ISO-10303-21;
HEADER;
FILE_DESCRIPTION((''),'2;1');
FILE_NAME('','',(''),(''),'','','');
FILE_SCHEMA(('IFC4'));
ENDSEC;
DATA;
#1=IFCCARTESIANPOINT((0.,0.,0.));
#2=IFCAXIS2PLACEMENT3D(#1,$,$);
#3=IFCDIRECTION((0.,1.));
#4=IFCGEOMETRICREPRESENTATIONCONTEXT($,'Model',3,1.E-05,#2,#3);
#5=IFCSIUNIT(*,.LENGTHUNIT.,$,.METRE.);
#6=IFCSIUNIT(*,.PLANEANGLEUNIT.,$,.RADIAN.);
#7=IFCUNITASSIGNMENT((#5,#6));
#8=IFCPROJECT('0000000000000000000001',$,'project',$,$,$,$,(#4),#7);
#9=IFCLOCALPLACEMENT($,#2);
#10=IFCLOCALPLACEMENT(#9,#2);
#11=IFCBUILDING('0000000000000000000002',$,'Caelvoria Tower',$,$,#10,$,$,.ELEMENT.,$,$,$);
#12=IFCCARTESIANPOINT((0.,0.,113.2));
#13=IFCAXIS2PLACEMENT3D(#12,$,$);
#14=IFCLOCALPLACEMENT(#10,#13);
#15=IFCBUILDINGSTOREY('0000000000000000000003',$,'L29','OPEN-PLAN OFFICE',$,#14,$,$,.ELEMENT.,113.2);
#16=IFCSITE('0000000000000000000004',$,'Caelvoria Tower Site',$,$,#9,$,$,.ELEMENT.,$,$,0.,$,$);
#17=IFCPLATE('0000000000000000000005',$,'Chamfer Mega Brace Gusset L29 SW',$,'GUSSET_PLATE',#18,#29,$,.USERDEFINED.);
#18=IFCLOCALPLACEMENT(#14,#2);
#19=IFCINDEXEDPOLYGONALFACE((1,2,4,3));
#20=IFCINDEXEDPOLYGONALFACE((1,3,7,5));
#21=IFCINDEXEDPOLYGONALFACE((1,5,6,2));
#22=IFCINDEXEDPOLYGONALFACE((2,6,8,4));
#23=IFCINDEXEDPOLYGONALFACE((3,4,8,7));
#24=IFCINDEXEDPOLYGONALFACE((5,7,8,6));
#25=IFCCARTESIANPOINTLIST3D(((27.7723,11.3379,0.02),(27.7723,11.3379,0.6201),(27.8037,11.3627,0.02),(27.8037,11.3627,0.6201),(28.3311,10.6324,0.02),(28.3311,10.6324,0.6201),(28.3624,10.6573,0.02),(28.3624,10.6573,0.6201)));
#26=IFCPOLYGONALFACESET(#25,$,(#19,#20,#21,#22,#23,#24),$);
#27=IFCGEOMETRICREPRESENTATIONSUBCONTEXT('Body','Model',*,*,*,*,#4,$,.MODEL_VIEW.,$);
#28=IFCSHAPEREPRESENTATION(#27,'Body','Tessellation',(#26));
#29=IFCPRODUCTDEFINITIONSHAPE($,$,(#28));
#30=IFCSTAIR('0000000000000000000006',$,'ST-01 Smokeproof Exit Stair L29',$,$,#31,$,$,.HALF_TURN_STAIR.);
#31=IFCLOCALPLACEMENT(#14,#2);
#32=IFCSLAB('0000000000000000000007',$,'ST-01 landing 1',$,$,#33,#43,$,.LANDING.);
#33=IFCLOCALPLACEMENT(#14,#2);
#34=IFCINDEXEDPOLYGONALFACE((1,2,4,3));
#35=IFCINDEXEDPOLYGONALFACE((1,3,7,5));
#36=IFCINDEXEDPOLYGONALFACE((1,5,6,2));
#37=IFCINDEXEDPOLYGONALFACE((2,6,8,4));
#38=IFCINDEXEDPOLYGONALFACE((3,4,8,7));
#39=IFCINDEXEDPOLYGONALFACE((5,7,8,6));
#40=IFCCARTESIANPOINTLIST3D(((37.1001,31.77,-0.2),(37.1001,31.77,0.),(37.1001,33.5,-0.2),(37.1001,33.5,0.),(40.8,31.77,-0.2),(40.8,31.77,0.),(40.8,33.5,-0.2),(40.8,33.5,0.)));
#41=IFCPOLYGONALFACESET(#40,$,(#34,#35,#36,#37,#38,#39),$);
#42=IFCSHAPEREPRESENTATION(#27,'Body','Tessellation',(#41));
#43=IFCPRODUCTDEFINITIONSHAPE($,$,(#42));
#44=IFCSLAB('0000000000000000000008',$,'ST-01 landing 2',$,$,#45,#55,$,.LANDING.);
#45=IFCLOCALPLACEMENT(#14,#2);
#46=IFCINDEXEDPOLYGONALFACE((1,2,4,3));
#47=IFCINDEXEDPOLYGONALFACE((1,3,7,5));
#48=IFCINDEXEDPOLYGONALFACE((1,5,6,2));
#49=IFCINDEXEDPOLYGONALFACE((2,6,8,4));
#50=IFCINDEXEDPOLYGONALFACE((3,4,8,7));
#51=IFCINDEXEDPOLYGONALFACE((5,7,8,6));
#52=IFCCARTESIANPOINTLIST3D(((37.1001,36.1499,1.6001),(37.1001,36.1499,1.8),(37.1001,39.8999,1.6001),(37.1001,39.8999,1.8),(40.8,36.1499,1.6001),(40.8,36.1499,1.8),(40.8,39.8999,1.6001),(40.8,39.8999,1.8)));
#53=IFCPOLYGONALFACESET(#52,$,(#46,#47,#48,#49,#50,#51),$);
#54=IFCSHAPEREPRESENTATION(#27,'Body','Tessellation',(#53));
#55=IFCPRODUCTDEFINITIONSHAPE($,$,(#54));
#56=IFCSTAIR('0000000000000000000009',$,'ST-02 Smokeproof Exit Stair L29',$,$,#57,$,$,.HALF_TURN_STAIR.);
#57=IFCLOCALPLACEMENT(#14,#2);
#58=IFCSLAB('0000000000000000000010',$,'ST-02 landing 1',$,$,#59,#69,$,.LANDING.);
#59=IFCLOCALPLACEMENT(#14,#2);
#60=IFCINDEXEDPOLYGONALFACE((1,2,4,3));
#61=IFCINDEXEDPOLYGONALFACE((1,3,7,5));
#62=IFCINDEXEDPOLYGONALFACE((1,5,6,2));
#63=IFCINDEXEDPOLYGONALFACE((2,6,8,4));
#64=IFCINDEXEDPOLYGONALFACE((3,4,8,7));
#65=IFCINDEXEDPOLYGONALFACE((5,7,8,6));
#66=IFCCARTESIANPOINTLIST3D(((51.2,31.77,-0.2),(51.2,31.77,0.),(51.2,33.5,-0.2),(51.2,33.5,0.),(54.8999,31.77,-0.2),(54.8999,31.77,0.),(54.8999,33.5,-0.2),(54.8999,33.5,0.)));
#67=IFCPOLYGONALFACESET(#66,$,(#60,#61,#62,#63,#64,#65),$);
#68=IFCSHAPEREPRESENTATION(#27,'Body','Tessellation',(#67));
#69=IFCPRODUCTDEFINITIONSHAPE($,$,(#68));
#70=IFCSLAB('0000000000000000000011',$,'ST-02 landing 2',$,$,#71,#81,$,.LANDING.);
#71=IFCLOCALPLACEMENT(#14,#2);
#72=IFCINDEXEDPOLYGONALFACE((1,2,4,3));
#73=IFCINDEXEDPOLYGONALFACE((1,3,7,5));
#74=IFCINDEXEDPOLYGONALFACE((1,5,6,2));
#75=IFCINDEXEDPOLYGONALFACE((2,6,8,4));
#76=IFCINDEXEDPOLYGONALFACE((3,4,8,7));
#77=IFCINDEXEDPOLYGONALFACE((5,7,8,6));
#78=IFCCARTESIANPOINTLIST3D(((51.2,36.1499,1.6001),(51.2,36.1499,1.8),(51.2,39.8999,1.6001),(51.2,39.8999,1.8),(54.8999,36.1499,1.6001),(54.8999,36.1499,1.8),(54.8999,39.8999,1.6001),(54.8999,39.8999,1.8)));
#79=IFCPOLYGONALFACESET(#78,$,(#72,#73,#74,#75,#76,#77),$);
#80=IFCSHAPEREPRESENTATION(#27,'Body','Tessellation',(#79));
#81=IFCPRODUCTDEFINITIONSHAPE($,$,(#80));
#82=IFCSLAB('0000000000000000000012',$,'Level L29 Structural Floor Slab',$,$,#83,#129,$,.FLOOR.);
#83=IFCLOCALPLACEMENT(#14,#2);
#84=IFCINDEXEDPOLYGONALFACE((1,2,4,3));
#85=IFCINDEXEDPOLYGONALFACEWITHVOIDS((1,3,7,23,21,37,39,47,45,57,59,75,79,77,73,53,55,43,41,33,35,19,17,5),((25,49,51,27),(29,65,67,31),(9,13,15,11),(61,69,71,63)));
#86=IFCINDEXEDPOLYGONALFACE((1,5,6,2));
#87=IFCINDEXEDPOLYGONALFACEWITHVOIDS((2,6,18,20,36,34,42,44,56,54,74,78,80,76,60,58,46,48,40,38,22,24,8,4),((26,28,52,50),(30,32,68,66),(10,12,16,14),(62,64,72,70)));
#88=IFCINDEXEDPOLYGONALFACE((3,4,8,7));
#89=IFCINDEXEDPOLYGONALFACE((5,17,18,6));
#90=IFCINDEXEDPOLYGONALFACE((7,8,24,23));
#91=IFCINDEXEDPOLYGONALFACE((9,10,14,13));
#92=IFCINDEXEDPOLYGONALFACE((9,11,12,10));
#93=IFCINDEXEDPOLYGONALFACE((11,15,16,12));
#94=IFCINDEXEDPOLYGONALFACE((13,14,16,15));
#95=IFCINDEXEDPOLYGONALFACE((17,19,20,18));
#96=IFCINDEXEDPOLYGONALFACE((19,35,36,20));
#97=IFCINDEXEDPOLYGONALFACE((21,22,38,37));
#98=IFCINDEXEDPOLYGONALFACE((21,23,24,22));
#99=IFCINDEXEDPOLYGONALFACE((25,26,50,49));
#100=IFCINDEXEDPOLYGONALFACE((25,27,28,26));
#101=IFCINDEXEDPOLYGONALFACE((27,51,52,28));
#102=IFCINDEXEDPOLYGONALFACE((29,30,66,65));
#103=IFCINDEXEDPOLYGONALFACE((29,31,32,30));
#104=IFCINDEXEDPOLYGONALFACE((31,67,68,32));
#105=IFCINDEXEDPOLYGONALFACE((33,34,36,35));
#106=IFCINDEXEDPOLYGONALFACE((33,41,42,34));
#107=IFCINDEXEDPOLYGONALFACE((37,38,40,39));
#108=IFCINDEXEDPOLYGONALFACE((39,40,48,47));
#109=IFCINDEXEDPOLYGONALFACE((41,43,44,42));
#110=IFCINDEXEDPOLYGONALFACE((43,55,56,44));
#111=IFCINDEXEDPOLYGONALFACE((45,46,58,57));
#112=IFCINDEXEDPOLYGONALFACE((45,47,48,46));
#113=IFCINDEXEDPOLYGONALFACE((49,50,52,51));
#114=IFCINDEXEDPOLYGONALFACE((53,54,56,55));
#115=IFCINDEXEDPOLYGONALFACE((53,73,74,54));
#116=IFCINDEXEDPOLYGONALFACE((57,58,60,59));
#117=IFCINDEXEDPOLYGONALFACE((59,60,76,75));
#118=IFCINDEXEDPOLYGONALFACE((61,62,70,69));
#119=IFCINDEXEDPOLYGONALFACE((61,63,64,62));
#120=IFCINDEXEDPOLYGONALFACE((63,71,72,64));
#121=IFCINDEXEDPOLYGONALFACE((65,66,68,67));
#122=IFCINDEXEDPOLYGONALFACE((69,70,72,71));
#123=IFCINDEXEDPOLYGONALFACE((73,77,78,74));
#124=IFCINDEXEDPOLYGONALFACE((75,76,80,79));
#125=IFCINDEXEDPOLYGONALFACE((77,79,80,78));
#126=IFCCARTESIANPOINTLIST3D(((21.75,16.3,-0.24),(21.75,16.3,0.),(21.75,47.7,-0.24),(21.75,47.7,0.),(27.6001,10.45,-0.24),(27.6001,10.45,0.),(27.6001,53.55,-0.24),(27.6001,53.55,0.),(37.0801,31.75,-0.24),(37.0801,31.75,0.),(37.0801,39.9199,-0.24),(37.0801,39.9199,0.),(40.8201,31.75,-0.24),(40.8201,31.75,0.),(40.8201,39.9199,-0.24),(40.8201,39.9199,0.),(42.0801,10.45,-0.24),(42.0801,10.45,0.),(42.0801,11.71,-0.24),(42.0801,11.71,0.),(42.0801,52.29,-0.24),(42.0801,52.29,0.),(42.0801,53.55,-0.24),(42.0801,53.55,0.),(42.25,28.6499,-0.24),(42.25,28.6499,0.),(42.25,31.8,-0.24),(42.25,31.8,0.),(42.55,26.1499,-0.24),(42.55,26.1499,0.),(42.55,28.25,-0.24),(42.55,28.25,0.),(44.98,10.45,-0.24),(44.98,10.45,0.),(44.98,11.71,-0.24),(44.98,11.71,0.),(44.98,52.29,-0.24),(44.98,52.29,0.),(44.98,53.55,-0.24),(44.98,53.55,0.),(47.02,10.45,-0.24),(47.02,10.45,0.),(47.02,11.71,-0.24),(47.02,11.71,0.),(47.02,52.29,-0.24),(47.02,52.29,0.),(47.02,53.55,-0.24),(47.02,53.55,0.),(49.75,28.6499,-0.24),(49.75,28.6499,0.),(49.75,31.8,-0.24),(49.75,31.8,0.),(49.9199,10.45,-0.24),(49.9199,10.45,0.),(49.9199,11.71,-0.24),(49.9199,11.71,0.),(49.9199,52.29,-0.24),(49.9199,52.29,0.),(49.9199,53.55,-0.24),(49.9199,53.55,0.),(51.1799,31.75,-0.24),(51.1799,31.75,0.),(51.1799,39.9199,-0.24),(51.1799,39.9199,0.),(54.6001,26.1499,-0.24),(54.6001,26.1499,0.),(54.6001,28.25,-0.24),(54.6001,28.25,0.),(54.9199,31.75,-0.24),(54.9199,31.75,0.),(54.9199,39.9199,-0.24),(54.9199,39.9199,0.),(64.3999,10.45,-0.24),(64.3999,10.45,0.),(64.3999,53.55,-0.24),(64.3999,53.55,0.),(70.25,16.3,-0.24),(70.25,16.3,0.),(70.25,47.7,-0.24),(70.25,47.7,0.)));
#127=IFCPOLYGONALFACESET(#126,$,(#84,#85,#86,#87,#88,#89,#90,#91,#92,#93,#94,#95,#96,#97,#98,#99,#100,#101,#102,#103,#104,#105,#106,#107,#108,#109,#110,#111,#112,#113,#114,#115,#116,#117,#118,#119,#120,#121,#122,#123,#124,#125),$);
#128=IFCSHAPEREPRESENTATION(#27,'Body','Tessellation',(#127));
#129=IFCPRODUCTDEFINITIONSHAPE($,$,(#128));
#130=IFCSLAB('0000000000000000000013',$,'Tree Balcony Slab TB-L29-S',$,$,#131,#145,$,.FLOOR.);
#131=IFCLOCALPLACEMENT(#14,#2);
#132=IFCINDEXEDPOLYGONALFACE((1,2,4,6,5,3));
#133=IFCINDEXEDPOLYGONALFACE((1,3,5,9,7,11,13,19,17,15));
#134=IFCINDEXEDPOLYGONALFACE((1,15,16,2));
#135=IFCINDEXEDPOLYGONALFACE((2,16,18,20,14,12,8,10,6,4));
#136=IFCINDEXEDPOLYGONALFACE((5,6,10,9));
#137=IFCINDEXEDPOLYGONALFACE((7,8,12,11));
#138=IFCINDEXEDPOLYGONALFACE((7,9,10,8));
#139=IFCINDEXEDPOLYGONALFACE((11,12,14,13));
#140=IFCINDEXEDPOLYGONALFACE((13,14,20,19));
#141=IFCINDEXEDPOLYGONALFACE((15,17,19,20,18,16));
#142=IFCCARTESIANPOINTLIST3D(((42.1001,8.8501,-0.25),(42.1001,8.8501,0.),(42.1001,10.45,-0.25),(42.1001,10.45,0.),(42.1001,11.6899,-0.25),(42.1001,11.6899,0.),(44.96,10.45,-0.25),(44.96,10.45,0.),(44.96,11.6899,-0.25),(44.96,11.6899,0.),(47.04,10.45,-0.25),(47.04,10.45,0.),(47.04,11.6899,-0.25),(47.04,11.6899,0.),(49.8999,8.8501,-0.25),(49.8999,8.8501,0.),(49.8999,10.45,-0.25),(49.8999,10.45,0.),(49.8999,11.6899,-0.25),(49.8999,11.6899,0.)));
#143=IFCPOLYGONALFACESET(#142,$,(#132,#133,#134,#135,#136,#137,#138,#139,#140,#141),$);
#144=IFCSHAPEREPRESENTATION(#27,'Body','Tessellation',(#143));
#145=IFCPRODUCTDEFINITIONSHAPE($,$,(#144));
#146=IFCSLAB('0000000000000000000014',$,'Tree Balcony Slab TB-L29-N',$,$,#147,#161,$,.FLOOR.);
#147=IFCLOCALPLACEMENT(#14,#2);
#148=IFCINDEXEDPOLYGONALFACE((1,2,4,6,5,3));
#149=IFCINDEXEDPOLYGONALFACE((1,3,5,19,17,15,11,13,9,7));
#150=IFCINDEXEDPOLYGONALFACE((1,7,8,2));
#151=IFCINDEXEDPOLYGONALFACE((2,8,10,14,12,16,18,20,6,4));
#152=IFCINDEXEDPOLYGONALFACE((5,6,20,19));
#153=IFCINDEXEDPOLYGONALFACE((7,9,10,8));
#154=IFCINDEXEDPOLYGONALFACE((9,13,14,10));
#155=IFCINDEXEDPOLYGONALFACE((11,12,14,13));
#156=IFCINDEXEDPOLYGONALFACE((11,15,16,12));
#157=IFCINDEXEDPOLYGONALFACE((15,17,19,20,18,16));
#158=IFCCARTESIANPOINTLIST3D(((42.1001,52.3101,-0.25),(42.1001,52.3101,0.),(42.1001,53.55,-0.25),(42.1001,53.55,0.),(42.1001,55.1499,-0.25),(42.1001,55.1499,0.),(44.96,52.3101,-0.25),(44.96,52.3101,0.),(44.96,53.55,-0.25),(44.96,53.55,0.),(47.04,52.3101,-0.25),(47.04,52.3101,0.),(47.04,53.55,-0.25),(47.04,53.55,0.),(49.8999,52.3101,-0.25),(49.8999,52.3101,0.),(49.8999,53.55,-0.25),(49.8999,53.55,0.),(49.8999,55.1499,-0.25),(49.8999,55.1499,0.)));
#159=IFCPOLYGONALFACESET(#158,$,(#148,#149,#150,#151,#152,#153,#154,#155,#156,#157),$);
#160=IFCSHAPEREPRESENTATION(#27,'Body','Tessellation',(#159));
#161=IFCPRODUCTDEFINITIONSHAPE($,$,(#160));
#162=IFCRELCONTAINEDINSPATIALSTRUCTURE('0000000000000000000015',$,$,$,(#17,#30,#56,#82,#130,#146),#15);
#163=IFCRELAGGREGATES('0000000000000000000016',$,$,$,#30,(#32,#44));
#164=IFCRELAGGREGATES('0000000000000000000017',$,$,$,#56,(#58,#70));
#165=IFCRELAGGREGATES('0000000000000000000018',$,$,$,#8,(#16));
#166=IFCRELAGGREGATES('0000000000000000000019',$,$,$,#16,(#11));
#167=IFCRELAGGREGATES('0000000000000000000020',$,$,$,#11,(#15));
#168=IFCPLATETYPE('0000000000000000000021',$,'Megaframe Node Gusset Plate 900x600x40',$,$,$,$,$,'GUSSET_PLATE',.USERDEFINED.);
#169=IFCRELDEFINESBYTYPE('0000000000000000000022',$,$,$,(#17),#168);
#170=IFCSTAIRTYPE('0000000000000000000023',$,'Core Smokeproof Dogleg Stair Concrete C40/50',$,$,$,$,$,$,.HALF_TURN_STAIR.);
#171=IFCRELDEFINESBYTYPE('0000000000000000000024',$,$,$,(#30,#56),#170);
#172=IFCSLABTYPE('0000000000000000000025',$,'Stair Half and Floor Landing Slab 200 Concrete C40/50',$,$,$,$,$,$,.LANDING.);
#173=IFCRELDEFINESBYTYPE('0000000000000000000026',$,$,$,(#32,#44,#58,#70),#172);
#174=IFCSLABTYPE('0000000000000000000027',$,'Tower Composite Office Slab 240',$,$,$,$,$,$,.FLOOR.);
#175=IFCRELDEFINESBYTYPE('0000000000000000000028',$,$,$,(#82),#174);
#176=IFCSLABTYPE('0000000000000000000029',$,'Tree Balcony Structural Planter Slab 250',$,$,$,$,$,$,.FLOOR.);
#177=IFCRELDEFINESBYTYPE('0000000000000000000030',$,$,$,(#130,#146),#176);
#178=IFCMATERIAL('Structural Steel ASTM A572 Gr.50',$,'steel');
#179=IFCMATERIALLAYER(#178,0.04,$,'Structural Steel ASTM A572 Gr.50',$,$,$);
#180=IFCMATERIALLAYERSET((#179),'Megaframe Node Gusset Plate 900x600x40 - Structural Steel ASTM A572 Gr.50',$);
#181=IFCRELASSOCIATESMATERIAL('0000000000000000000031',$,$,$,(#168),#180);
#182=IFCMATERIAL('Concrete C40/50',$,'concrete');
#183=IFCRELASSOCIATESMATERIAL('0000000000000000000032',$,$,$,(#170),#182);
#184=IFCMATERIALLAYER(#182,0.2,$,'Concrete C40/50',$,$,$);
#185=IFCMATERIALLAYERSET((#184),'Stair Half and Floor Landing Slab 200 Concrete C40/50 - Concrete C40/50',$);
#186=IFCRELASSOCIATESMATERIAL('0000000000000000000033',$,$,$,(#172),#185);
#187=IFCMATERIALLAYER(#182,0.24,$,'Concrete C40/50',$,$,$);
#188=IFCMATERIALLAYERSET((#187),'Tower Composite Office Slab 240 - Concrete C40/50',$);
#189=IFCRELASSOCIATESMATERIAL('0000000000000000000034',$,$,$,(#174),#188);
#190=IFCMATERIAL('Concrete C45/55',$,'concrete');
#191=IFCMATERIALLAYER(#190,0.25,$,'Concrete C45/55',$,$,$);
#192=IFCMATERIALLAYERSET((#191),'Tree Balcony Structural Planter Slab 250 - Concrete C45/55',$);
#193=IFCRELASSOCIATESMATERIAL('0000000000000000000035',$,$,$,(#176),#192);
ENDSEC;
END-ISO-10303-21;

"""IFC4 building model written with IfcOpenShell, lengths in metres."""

from ifc_helpers import new_model, si_unit, direction, frame, origin, origin_2d, place, context, subcontext, project, spatial, polyline, rectangle, outline, extrude, material, layer, layer_set, type_object, element, aggregate, save


model = new_model("IFC4")

# Units and contexts
model_context = context("Model", 3, precision=1e-05, world=origin(), true_north=direction((0.0, 1.0)))
body_context = subcontext(model_context, "Body", "Model", "MODEL_VIEW")
ifc_project = project(units=[si_unit("LENGTHUNIT", "METRE"), si_unit("PLANEANGLEUNIT", "RADIAN")], contexts=[model_context])

# Site, building, storey
site_placement = place(None, origin())
site = spatial("IfcSite", under=ifc_project, at=site_placement, Name="Caelvoria Tower Site", CompositionType="ELEMENT", RefElevation=0.0)
building_placement = place(site_placement, origin())
building = spatial("IfcBuilding", under=site, at=building_placement, Name="Caelvoria Tower", CompositionType="ELEMENT")
storey_placement = place(building_placement, frame((0.0, 0.0, 113.2)))
storey = spatial("IfcBuildingStorey", under=building, at=storey_placement, Name="L29", Description="OPEN-PLAN OFFICE", CompositionType="ELEMENT", Elevation=113.2)

# Shared definitions
ifc_material_1 = material(Name="Structural Steel ASTM A572 Gr.50", Category="steel")

# Plate
ifc_layer_1 = layer(ifc_material_1, 0.04, Name="Structural Steel ASTM A572 Gr.50")
ifc_layer_set_1 = layer_set([ifc_layer_1], Name="Megaframe Node Gusset Plate 900x600x40 - Structural Steel ASTM A572 Gr.50")
plate_type = type_object("IfcPlateType", Name="Megaframe Node Gusset Plate 900x600x40", ElementType="GUSSET_PLATE", PredefinedType="USERDEFINED", material=ifc_layer_set_1)
plate_placement = place(storey_placement, frame((28.0674, 10.9976, 0.02), z_axis=(0.0, 0.0, 1.0), x_axis=(-0.620873, 0.783911, 0.0)))
element("IfcPlate", 1, at=plate_placement, inside=storey, type_object=plate_type, Name="Chamfer Mega Brace Gusset L29 SW", ObjectType="GUSSET_PLATE", PredefinedType="USERDEFINED", context=body_context, shape_type="SweptSolid", body=[
    extrude(rectangle(XDim=0.8999, YDim=0.04, at=origin_2d()), origin(), (0.0, 0.0, 1.0), 0.6001),
])

# Stairs, slabs
ifc_material_2 = material(Name="Concrete C40/50", Category="concrete")
stair_type = type_object("IfcStairType", Name="Core Smokeproof Dogleg Stair Concrete C40/50", PredefinedType="HALF_TURN_STAIR", material=ifc_material_2)
stair_1_placement = place(storey_placement, origin())
stair_1 = element("IfcStair", 2, at=stair_1_placement, inside=storey, type_object=stair_type, Name="ST-01 Smokeproof Exit Stair L29", PredefinedType="HALF_TURN_STAIR")
ifc_layer_2 = layer(ifc_material_2, 0.2, Name="Concrete C40/50")
ifc_layer_set_2 = layer_set([ifc_layer_2], Name="Stair Half and Floor Landing Slab 200 Concrete C40/50 - Concrete C40/50")
slab_type_1 = type_object("IfcSlabType", Name="Stair Half and Floor Landing Slab 200 Concrete C40/50", PredefinedType="LANDING", material=ifc_layer_set_2)
slab_1_placement = place(storey_placement, frame((0.0, 0.0, -0.2)))
slab_1 = element("IfcSlab", 3, at=slab_1_placement, type_object=slab_type_1, Name="ST-01 landing 1", PredefinedType="LANDING", context=body_context, shape_type="SweptSolid", body=[
    extrude(outline(polyline([(37.1001, 31.77), (40.8, 31.77), (40.8, 33.5), (37.1001, 33.5), (37.1001, 31.77)])), origin(), (0.0, 0.0, 1.0), 0.2),
])
slab_2_placement = place(storey_placement, frame((0.0, 0.0, 1.6001)))
slab_2 = element("IfcSlab", 4, at=slab_2_placement, type_object=slab_type_1, Name="ST-01 landing 2", PredefinedType="LANDING", context=body_context, shape_type="SweptSolid", body=[
    extrude(outline(polyline([(37.1001, 36.1499), (40.8, 36.1499), (40.8, 39.8999), (37.1001, 39.8999), (37.1001, 36.1499)])), origin(), (0.0, 0.0, 1.0), 0.2),
])
aggregate(stair_1, [slab_1, slab_2])
stair_2_placement = place(storey_placement, origin())
stair_2 = element("IfcStair", 5, at=stair_2_placement, inside=storey, type_object=stair_type, Name="ST-02 Smokeproof Exit Stair L29", PredefinedType="HALF_TURN_STAIR")
slab_3_placement = place(storey_placement, frame((0.0, 0.0, -0.2)))
slab_3 = element("IfcSlab", 6, at=slab_3_placement, type_object=slab_type_1, Name="ST-02 landing 1", PredefinedType="LANDING", context=body_context, shape_type="SweptSolid", body=[
    extrude(outline(polyline([(51.2, 31.77), (54.8999, 31.77), (54.8999, 33.5), (51.2, 33.5), (51.2, 31.77)])), origin(), (0.0, 0.0, 1.0), 0.2),
])
slab_4_placement = place(storey_placement, frame((0.0, 0.0, 1.6001)))
slab_4 = element("IfcSlab", 7, at=slab_4_placement, type_object=slab_type_1, Name="ST-02 landing 2", PredefinedType="LANDING", context=body_context, shape_type="SweptSolid", body=[
    extrude(outline(polyline([(51.2, 36.1499), (54.8999, 36.1499), (54.8999, 39.8999), (51.2, 39.8999), (51.2, 36.1499)])), origin(), (0.0, 0.0, 1.0), 0.2),
])
aggregate(stair_2, [slab_3, slab_4])

# Slabs
ifc_layer_3 = layer(ifc_material_2, 0.24, Name="Concrete C40/50")
ifc_layer_set_3 = layer_set([ifc_layer_3], Name="Tower Composite Office Slab 240 - Concrete C40/50")
slab_type_2 = type_object("IfcSlabType", Name="Tower Composite Office Slab 240", PredefinedType="FLOOR", material=ifc_layer_set_3)
slab_5_placement = place(storey_placement, frame((0.0, 0.0, -0.24)))
element("IfcSlab", 8, at=slab_5_placement, inside=storey, type_object=slab_type_2, Name="Level L29 Structural Floor Slab", PredefinedType="FLOOR", context=body_context, shape_type="SweptSolid", body=[
    extrude(outline(polyline([(21.75, 47.7), (21.75, 16.3), (27.6001, 10.45), (42.0801, 10.45), (42.0801, 11.71), (44.98, 11.71), (44.98, 10.45), (47.02, 10.45), (47.02, 11.71), (49.9199, 11.71), (49.9199, 10.45), (64.3999, 10.45), (70.25, 16.3), (70.25, 47.7), (64.3999, 53.55), (49.9199, 53.55), (49.9199, 52.29), (47.02, 52.29), (47.02, 53.55), (44.98, 53.55), (44.98, 52.29), (42.0801, 52.29), (42.0801, 53.55), (27.6001, 53.55), (21.75, 47.7)]), holes=[polyline([(37.0801, 31.75), (40.8201, 31.75), (40.8201, 39.9199), (37.0801, 39.9199), (37.0801, 31.75)]), polyline([(51.1799, 31.75), (54.9199, 31.75), (54.9199, 39.9199), (51.1799, 39.9199), (51.1799, 31.75)]), polyline([(42.25, 28.6499), (49.75, 28.6499), (49.75, 31.8), (42.25, 31.8), (42.25, 28.6499)]), polyline([(42.55, 26.1499), (54.6001, 26.1499), (54.6001, 28.25), (42.55, 28.25), (42.55, 26.1499)])]), origin(), (0.0, 0.0, 1.0), 0.24),
])
ifc_material_3 = material(Name="Concrete C45/55", Category="concrete")
ifc_layer_4 = layer(ifc_material_3, 0.25, Name="Concrete C45/55")
ifc_layer_set_4 = layer_set([ifc_layer_4], Name="Tree Balcony Structural Planter Slab 250 - Concrete C45/55")
slab_type_3 = type_object("IfcSlabType", Name="Tree Balcony Structural Planter Slab 250", PredefinedType="FLOOR", material=ifc_layer_set_4)
slab_6_placement = place(storey_placement, frame((0.0, 0.0, -0.25)))
element("IfcSlab", 9, at=slab_6_placement, inside=storey, type_object=slab_type_3, Name="Tree Balcony Slab TB-L29-S", PredefinedType="FLOOR", context=body_context, shape_type="SweptSolid", body=[
    extrude(outline(polyline([(49.8999, 10.45), (49.8999, 11.6899), (47.04, 11.6899), (47.04, 10.45), (44.96, 10.45), (44.96, 11.6899), (42.1001, 11.6899), (42.1001, 10.45), (42.1001, 8.8501), (49.8999, 8.8501), (49.8999, 10.45)])), origin(), (0.0, 0.0, 1.0), 0.25),
])
slab_7_placement = place(storey_placement, frame((0.0, 0.0, -0.25)))
element("IfcSlab", 10, at=slab_7_placement, inside=storey, type_object=slab_type_3, Name="Tree Balcony Slab TB-L29-N", PredefinedType="FLOOR", context=body_context, shape_type="SweptSolid", body=[
    extrude(outline(polyline([(42.1001, 55.1499), (42.1001, 53.55), (42.1001, 52.3101), (44.96, 52.3101), (44.96, 53.55), (47.04, 53.55), (47.04, 52.3101), (49.8999, 52.3101), (49.8999, 53.55), (49.8999, 55.1499), (42.1001, 55.1499)])), origin(), (0.0, 0.0, 1.0), 0.25),
])

save(model, "model.ifc")
